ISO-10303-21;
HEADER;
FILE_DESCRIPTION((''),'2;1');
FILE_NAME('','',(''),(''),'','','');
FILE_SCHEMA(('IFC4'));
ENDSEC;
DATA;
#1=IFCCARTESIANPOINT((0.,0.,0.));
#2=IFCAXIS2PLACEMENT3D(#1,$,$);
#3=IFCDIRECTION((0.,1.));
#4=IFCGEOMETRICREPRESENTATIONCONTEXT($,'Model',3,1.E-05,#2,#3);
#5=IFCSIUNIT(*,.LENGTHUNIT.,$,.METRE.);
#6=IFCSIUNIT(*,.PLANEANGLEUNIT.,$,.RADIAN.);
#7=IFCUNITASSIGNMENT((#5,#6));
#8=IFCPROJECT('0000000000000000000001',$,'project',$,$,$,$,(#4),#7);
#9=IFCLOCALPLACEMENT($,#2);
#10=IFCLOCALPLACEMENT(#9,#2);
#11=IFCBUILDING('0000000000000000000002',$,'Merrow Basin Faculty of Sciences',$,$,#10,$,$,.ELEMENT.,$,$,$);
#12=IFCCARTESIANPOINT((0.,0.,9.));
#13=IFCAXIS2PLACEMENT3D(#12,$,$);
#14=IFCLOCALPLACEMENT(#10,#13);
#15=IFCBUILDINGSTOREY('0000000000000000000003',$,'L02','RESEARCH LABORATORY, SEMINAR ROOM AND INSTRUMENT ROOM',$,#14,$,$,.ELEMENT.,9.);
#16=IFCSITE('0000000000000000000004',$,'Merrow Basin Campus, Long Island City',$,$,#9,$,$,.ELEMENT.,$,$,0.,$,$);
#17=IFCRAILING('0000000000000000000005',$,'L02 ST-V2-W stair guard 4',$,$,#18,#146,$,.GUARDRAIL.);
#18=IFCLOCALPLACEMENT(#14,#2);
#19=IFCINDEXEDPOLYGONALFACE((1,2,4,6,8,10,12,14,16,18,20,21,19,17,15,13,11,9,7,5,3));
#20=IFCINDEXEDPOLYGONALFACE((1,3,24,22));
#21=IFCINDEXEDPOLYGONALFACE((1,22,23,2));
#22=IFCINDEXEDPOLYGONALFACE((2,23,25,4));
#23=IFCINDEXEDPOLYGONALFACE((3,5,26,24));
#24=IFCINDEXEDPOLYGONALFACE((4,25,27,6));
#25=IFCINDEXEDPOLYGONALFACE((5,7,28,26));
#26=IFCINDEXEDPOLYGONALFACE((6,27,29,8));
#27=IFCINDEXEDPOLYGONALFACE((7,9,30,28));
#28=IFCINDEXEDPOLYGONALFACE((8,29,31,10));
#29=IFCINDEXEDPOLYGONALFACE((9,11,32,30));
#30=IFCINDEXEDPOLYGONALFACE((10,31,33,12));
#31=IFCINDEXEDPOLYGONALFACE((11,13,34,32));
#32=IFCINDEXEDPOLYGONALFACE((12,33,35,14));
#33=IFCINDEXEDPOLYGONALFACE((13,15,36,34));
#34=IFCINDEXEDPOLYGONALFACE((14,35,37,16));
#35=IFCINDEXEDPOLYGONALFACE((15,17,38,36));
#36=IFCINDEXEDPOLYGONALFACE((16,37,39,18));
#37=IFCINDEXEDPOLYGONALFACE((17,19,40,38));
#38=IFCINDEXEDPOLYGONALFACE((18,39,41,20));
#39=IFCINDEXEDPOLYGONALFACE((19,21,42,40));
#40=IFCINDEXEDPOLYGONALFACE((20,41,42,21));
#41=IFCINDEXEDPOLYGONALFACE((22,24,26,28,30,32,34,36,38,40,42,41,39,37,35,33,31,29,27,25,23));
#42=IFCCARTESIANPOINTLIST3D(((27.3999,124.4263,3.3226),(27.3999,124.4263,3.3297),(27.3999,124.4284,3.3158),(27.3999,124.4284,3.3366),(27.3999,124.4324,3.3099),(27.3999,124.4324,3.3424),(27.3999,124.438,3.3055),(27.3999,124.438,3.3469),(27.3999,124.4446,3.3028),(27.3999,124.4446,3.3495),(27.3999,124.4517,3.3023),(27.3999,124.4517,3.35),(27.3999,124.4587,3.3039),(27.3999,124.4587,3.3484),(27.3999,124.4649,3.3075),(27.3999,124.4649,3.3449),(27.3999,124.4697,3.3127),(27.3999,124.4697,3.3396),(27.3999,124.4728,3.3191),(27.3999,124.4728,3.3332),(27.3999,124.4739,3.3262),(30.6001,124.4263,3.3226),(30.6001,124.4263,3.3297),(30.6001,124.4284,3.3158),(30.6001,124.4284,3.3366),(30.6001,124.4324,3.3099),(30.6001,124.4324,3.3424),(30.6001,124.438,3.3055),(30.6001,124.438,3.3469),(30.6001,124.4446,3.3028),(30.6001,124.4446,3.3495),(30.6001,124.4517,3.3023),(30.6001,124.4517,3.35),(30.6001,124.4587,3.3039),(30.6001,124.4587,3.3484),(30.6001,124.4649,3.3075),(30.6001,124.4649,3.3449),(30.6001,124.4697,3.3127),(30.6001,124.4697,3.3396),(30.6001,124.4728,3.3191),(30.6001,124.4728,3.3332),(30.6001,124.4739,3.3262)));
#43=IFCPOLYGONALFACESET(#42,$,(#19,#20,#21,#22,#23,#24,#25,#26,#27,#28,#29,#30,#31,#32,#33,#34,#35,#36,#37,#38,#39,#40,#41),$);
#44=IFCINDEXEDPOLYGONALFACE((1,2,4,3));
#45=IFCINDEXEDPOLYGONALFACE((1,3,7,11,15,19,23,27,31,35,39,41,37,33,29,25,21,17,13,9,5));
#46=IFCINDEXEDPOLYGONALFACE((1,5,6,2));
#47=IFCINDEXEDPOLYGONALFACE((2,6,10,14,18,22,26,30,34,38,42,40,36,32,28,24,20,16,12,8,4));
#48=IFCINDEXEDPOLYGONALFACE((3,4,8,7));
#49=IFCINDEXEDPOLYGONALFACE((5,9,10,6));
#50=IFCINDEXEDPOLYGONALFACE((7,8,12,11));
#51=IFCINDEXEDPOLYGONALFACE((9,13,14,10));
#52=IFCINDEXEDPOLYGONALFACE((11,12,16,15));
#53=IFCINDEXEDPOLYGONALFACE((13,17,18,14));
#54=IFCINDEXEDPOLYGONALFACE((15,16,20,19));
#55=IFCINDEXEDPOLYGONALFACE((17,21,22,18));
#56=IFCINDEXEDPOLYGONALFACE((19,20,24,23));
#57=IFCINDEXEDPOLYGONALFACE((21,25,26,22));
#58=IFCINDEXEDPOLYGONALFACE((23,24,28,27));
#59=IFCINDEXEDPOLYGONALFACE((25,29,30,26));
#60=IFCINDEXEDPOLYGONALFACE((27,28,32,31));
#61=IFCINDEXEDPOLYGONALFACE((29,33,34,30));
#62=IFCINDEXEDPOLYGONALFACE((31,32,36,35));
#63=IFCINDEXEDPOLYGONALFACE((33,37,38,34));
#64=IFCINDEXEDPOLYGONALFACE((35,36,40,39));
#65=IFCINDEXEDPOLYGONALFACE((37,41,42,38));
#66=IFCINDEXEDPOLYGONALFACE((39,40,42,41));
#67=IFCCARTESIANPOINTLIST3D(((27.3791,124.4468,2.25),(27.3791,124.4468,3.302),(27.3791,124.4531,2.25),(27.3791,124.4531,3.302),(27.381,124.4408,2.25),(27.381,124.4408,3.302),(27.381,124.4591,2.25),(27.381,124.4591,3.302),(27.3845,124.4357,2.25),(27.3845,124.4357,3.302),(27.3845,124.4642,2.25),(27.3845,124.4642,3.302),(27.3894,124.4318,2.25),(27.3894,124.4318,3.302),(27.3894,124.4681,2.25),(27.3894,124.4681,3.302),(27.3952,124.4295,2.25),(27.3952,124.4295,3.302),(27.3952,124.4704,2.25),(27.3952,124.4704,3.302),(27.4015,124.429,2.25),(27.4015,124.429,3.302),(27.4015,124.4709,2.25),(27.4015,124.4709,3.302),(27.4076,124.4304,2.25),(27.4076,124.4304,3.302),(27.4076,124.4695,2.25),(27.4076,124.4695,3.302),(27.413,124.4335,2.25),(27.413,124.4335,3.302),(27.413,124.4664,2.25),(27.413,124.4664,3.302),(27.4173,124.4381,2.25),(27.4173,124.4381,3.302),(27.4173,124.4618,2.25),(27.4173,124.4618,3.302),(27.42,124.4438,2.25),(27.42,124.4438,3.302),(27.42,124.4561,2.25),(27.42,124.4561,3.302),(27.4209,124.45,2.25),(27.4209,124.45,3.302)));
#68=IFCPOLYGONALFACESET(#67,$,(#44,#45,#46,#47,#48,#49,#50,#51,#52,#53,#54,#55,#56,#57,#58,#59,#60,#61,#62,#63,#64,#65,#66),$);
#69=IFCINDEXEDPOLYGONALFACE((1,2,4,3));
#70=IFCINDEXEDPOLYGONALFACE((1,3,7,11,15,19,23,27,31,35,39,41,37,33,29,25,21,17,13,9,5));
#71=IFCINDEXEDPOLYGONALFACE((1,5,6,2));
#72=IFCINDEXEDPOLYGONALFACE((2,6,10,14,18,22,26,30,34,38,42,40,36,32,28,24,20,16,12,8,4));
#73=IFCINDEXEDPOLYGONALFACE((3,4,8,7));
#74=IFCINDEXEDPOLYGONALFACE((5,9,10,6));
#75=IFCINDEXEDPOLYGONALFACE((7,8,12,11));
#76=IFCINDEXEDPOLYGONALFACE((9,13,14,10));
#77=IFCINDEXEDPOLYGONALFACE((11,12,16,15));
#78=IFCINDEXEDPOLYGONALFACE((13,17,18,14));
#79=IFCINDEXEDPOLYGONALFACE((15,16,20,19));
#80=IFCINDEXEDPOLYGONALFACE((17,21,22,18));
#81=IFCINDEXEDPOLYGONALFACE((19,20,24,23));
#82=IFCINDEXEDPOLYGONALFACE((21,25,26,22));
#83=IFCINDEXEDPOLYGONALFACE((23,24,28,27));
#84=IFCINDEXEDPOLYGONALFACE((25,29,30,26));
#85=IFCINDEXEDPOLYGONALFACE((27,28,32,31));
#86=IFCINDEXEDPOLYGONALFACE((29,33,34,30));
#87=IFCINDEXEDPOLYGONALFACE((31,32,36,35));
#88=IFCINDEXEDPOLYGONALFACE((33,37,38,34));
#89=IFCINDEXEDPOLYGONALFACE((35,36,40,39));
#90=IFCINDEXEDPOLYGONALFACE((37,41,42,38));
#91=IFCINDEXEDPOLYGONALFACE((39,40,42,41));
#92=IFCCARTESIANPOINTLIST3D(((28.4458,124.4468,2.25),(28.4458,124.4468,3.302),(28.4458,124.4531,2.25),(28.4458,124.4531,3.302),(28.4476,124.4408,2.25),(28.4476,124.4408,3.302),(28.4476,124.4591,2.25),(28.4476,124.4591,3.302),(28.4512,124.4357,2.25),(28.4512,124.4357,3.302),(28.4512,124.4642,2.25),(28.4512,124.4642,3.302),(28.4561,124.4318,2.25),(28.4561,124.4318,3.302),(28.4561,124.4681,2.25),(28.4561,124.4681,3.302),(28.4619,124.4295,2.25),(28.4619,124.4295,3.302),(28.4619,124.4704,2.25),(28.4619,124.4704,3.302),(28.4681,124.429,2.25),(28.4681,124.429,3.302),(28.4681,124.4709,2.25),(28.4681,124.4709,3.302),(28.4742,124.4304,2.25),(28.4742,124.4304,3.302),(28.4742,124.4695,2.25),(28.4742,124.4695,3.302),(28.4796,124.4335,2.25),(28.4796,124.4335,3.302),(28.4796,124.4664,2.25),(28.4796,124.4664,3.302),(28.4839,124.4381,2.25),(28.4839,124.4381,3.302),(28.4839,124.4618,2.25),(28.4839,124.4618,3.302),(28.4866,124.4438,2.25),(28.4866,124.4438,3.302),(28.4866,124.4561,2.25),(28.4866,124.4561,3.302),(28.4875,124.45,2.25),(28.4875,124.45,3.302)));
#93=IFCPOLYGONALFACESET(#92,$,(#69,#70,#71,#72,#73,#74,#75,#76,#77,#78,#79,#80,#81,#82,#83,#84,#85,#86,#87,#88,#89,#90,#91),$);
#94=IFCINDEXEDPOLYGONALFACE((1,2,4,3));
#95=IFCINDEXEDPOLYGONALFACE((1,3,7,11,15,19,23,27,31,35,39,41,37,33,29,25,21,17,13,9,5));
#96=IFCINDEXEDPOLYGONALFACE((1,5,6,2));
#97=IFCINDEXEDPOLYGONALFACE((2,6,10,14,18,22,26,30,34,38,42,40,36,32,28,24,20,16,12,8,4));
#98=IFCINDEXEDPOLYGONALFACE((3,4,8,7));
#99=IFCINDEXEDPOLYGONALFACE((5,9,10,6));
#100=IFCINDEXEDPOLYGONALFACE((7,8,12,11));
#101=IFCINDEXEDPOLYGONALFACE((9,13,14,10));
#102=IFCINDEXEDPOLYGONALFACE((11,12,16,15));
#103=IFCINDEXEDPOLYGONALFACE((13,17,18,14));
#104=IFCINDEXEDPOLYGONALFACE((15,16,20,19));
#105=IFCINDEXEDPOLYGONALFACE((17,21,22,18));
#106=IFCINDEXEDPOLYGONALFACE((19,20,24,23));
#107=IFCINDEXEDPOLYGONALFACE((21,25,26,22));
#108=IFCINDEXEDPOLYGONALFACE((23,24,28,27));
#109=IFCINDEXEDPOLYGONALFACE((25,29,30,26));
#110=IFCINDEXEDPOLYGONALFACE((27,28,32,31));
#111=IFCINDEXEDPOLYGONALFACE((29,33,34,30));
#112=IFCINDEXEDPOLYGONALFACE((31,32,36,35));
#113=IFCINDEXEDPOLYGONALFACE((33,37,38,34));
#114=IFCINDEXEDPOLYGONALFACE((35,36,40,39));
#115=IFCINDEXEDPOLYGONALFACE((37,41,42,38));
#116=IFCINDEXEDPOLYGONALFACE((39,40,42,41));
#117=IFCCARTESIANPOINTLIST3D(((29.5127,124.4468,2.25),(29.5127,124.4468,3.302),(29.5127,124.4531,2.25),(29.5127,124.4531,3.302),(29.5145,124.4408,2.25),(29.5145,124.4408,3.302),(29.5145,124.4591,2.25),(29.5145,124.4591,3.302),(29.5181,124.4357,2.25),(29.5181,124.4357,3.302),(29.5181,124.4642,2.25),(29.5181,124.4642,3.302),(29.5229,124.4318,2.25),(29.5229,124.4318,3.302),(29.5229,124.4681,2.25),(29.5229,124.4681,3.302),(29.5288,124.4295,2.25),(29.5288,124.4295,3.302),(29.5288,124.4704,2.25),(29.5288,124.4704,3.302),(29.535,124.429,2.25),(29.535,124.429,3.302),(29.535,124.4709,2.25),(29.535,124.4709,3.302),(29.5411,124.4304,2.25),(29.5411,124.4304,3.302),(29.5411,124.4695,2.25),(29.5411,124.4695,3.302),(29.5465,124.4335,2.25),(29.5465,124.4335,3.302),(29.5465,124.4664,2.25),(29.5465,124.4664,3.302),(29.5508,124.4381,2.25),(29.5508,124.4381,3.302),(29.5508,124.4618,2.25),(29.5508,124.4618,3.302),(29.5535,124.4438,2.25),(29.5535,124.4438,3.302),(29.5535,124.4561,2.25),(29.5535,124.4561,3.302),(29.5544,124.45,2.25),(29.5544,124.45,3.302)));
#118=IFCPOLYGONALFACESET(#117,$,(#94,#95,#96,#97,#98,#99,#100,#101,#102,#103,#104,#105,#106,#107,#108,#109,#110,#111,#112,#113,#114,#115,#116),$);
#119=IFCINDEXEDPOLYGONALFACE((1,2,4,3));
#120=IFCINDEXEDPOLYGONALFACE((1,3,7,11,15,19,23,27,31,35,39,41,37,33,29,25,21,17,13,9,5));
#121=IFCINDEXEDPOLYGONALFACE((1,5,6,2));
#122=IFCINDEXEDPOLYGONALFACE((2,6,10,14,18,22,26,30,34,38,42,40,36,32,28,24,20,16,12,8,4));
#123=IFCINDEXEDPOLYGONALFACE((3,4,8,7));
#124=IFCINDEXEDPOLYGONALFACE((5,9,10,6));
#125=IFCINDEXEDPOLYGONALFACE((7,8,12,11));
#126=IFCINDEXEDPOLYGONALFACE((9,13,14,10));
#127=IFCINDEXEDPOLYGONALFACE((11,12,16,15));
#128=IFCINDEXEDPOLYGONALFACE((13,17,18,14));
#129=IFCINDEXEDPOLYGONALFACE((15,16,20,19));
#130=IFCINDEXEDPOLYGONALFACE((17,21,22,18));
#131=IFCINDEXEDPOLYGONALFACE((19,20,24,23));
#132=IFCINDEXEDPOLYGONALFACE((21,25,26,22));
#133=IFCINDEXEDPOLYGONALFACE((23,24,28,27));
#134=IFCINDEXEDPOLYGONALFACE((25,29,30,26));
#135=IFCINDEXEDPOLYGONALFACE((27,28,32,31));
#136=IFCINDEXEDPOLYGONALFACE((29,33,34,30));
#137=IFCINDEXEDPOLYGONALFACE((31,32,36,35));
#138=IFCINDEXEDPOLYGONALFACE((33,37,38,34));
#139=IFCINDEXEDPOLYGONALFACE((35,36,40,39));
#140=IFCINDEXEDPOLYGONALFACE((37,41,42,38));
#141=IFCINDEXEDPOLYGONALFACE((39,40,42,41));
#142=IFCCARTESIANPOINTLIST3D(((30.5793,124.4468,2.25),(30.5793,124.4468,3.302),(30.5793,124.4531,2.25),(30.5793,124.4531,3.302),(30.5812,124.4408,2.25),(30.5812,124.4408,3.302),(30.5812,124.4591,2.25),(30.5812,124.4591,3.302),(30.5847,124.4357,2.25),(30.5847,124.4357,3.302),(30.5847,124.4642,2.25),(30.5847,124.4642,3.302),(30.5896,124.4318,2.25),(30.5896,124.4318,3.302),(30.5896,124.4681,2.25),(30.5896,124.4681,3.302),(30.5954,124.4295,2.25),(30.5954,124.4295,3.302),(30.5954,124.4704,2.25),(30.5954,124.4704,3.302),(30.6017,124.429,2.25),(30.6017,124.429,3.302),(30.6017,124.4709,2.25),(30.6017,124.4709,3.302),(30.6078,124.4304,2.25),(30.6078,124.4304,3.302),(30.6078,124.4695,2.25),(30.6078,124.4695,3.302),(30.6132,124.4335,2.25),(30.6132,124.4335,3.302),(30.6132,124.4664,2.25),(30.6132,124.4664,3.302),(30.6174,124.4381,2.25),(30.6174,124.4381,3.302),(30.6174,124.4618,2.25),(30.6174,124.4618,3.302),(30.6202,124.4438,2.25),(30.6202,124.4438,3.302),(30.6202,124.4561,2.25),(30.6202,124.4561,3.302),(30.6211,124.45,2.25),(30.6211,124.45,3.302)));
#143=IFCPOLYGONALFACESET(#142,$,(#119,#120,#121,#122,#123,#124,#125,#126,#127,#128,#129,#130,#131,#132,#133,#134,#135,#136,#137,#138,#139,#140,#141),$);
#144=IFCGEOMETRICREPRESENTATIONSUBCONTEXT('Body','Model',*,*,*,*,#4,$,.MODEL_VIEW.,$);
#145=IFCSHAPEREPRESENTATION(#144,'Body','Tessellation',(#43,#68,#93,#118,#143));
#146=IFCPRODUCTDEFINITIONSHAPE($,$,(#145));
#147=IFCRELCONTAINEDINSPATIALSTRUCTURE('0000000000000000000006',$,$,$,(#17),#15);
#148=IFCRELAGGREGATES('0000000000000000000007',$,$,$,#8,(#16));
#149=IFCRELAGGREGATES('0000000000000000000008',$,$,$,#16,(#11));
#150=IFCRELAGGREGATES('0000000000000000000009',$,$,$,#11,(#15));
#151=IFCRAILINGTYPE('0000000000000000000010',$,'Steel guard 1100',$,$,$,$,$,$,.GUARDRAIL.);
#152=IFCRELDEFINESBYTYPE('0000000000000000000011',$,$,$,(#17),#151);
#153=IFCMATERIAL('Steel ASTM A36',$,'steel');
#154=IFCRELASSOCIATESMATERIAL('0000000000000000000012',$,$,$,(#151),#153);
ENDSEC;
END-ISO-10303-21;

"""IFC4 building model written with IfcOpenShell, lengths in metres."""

from ifc_helpers import new_model, si_unit, direction, frame, origin, origin_2d, place, context, subcontext, project, spatial, circle, extrude, material, type_object, element, save


model = new_model("IFC4")

# Units and contexts
model_context = context("Model", 3, precision=1e-05, world=origin(), true_north=direction((0.0, 1.0)))
body_context = subcontext(model_context, "Body", "Model", "MODEL_VIEW")
ifc_project = project(units=[si_unit("LENGTHUNIT", "METRE"), si_unit("PLANEANGLEUNIT", "RADIAN")], contexts=[model_context])

# Site, building, storey
site_placement = place(None, origin())
site = spatial("IfcSite", under=ifc_project, at=site_placement, Name="Merrow Basin Campus, Long Island City", CompositionType="ELEMENT", RefElevation=0.0)
building_placement = place(site_placement, origin())
building = spatial("IfcBuilding", under=site, at=building_placement, Name="Merrow Basin Faculty of Sciences", CompositionType="ELEMENT")
storey_placement = place(building_placement, frame((0.0, 0.0, 9.0)))
storey = spatial("IfcBuildingStorey", under=building, at=storey_placement, Name="L02", Description="RESEARCH LABORATORY, SEMINAR ROOM AND INSTRUMENT ROOM", CompositionType="ELEMENT", Elevation=9.0)

# Railing
ifc_material_1 = material(Name="Steel ASTM A36", Category="steel")
railing_type_1 = type_object("IfcRailingType", Name="Steel guard 1100", PredefinedType="GUARDRAIL", material=ifc_material_1)
railing_1_placement = place(storey_placement, frame((27.3999, 124.45, 2.25)))
element("IfcRailing", 1, at=railing_1_placement, inside=storey, type_object=railing_type_1, Name="L02 ST-V2-W stair guard 4", PredefinedType="GUARDRAIL", context=body_context, shape_type="SweptSolid", body=[
    extrude(circle(Radius=0.0239, at=origin_2d()), frame((0.0, 0.0, 1.0762), z_axis=(1.0, 0.0, 0.0), x_axis=(0.0, 1.0, 0.0)), (0.0, 0.0, 1.0), 3.2002),
    extrude(circle(Radius=0.021, at=origin_2d()), origin(), (0.0, 0.0, 1.0), 1.052),
    extrude(circle(Radius=0.021, at=origin_2d()), frame((1.0667, 0.0, 0.0)), (0.0, 0.0, 1.0), 1.052),
    extrude(circle(Radius=0.021, at=origin_2d()), frame((2.1335, 0.0, 0.0)), (0.0, 0.0, 1.0), 1.052),
    extrude(circle(Radius=0.021, at=origin_2d()), frame((3.2002, 0.0, 0.0)), (0.0, 0.0, 1.0), 1.052),
])

save(model, "model.ifc")
